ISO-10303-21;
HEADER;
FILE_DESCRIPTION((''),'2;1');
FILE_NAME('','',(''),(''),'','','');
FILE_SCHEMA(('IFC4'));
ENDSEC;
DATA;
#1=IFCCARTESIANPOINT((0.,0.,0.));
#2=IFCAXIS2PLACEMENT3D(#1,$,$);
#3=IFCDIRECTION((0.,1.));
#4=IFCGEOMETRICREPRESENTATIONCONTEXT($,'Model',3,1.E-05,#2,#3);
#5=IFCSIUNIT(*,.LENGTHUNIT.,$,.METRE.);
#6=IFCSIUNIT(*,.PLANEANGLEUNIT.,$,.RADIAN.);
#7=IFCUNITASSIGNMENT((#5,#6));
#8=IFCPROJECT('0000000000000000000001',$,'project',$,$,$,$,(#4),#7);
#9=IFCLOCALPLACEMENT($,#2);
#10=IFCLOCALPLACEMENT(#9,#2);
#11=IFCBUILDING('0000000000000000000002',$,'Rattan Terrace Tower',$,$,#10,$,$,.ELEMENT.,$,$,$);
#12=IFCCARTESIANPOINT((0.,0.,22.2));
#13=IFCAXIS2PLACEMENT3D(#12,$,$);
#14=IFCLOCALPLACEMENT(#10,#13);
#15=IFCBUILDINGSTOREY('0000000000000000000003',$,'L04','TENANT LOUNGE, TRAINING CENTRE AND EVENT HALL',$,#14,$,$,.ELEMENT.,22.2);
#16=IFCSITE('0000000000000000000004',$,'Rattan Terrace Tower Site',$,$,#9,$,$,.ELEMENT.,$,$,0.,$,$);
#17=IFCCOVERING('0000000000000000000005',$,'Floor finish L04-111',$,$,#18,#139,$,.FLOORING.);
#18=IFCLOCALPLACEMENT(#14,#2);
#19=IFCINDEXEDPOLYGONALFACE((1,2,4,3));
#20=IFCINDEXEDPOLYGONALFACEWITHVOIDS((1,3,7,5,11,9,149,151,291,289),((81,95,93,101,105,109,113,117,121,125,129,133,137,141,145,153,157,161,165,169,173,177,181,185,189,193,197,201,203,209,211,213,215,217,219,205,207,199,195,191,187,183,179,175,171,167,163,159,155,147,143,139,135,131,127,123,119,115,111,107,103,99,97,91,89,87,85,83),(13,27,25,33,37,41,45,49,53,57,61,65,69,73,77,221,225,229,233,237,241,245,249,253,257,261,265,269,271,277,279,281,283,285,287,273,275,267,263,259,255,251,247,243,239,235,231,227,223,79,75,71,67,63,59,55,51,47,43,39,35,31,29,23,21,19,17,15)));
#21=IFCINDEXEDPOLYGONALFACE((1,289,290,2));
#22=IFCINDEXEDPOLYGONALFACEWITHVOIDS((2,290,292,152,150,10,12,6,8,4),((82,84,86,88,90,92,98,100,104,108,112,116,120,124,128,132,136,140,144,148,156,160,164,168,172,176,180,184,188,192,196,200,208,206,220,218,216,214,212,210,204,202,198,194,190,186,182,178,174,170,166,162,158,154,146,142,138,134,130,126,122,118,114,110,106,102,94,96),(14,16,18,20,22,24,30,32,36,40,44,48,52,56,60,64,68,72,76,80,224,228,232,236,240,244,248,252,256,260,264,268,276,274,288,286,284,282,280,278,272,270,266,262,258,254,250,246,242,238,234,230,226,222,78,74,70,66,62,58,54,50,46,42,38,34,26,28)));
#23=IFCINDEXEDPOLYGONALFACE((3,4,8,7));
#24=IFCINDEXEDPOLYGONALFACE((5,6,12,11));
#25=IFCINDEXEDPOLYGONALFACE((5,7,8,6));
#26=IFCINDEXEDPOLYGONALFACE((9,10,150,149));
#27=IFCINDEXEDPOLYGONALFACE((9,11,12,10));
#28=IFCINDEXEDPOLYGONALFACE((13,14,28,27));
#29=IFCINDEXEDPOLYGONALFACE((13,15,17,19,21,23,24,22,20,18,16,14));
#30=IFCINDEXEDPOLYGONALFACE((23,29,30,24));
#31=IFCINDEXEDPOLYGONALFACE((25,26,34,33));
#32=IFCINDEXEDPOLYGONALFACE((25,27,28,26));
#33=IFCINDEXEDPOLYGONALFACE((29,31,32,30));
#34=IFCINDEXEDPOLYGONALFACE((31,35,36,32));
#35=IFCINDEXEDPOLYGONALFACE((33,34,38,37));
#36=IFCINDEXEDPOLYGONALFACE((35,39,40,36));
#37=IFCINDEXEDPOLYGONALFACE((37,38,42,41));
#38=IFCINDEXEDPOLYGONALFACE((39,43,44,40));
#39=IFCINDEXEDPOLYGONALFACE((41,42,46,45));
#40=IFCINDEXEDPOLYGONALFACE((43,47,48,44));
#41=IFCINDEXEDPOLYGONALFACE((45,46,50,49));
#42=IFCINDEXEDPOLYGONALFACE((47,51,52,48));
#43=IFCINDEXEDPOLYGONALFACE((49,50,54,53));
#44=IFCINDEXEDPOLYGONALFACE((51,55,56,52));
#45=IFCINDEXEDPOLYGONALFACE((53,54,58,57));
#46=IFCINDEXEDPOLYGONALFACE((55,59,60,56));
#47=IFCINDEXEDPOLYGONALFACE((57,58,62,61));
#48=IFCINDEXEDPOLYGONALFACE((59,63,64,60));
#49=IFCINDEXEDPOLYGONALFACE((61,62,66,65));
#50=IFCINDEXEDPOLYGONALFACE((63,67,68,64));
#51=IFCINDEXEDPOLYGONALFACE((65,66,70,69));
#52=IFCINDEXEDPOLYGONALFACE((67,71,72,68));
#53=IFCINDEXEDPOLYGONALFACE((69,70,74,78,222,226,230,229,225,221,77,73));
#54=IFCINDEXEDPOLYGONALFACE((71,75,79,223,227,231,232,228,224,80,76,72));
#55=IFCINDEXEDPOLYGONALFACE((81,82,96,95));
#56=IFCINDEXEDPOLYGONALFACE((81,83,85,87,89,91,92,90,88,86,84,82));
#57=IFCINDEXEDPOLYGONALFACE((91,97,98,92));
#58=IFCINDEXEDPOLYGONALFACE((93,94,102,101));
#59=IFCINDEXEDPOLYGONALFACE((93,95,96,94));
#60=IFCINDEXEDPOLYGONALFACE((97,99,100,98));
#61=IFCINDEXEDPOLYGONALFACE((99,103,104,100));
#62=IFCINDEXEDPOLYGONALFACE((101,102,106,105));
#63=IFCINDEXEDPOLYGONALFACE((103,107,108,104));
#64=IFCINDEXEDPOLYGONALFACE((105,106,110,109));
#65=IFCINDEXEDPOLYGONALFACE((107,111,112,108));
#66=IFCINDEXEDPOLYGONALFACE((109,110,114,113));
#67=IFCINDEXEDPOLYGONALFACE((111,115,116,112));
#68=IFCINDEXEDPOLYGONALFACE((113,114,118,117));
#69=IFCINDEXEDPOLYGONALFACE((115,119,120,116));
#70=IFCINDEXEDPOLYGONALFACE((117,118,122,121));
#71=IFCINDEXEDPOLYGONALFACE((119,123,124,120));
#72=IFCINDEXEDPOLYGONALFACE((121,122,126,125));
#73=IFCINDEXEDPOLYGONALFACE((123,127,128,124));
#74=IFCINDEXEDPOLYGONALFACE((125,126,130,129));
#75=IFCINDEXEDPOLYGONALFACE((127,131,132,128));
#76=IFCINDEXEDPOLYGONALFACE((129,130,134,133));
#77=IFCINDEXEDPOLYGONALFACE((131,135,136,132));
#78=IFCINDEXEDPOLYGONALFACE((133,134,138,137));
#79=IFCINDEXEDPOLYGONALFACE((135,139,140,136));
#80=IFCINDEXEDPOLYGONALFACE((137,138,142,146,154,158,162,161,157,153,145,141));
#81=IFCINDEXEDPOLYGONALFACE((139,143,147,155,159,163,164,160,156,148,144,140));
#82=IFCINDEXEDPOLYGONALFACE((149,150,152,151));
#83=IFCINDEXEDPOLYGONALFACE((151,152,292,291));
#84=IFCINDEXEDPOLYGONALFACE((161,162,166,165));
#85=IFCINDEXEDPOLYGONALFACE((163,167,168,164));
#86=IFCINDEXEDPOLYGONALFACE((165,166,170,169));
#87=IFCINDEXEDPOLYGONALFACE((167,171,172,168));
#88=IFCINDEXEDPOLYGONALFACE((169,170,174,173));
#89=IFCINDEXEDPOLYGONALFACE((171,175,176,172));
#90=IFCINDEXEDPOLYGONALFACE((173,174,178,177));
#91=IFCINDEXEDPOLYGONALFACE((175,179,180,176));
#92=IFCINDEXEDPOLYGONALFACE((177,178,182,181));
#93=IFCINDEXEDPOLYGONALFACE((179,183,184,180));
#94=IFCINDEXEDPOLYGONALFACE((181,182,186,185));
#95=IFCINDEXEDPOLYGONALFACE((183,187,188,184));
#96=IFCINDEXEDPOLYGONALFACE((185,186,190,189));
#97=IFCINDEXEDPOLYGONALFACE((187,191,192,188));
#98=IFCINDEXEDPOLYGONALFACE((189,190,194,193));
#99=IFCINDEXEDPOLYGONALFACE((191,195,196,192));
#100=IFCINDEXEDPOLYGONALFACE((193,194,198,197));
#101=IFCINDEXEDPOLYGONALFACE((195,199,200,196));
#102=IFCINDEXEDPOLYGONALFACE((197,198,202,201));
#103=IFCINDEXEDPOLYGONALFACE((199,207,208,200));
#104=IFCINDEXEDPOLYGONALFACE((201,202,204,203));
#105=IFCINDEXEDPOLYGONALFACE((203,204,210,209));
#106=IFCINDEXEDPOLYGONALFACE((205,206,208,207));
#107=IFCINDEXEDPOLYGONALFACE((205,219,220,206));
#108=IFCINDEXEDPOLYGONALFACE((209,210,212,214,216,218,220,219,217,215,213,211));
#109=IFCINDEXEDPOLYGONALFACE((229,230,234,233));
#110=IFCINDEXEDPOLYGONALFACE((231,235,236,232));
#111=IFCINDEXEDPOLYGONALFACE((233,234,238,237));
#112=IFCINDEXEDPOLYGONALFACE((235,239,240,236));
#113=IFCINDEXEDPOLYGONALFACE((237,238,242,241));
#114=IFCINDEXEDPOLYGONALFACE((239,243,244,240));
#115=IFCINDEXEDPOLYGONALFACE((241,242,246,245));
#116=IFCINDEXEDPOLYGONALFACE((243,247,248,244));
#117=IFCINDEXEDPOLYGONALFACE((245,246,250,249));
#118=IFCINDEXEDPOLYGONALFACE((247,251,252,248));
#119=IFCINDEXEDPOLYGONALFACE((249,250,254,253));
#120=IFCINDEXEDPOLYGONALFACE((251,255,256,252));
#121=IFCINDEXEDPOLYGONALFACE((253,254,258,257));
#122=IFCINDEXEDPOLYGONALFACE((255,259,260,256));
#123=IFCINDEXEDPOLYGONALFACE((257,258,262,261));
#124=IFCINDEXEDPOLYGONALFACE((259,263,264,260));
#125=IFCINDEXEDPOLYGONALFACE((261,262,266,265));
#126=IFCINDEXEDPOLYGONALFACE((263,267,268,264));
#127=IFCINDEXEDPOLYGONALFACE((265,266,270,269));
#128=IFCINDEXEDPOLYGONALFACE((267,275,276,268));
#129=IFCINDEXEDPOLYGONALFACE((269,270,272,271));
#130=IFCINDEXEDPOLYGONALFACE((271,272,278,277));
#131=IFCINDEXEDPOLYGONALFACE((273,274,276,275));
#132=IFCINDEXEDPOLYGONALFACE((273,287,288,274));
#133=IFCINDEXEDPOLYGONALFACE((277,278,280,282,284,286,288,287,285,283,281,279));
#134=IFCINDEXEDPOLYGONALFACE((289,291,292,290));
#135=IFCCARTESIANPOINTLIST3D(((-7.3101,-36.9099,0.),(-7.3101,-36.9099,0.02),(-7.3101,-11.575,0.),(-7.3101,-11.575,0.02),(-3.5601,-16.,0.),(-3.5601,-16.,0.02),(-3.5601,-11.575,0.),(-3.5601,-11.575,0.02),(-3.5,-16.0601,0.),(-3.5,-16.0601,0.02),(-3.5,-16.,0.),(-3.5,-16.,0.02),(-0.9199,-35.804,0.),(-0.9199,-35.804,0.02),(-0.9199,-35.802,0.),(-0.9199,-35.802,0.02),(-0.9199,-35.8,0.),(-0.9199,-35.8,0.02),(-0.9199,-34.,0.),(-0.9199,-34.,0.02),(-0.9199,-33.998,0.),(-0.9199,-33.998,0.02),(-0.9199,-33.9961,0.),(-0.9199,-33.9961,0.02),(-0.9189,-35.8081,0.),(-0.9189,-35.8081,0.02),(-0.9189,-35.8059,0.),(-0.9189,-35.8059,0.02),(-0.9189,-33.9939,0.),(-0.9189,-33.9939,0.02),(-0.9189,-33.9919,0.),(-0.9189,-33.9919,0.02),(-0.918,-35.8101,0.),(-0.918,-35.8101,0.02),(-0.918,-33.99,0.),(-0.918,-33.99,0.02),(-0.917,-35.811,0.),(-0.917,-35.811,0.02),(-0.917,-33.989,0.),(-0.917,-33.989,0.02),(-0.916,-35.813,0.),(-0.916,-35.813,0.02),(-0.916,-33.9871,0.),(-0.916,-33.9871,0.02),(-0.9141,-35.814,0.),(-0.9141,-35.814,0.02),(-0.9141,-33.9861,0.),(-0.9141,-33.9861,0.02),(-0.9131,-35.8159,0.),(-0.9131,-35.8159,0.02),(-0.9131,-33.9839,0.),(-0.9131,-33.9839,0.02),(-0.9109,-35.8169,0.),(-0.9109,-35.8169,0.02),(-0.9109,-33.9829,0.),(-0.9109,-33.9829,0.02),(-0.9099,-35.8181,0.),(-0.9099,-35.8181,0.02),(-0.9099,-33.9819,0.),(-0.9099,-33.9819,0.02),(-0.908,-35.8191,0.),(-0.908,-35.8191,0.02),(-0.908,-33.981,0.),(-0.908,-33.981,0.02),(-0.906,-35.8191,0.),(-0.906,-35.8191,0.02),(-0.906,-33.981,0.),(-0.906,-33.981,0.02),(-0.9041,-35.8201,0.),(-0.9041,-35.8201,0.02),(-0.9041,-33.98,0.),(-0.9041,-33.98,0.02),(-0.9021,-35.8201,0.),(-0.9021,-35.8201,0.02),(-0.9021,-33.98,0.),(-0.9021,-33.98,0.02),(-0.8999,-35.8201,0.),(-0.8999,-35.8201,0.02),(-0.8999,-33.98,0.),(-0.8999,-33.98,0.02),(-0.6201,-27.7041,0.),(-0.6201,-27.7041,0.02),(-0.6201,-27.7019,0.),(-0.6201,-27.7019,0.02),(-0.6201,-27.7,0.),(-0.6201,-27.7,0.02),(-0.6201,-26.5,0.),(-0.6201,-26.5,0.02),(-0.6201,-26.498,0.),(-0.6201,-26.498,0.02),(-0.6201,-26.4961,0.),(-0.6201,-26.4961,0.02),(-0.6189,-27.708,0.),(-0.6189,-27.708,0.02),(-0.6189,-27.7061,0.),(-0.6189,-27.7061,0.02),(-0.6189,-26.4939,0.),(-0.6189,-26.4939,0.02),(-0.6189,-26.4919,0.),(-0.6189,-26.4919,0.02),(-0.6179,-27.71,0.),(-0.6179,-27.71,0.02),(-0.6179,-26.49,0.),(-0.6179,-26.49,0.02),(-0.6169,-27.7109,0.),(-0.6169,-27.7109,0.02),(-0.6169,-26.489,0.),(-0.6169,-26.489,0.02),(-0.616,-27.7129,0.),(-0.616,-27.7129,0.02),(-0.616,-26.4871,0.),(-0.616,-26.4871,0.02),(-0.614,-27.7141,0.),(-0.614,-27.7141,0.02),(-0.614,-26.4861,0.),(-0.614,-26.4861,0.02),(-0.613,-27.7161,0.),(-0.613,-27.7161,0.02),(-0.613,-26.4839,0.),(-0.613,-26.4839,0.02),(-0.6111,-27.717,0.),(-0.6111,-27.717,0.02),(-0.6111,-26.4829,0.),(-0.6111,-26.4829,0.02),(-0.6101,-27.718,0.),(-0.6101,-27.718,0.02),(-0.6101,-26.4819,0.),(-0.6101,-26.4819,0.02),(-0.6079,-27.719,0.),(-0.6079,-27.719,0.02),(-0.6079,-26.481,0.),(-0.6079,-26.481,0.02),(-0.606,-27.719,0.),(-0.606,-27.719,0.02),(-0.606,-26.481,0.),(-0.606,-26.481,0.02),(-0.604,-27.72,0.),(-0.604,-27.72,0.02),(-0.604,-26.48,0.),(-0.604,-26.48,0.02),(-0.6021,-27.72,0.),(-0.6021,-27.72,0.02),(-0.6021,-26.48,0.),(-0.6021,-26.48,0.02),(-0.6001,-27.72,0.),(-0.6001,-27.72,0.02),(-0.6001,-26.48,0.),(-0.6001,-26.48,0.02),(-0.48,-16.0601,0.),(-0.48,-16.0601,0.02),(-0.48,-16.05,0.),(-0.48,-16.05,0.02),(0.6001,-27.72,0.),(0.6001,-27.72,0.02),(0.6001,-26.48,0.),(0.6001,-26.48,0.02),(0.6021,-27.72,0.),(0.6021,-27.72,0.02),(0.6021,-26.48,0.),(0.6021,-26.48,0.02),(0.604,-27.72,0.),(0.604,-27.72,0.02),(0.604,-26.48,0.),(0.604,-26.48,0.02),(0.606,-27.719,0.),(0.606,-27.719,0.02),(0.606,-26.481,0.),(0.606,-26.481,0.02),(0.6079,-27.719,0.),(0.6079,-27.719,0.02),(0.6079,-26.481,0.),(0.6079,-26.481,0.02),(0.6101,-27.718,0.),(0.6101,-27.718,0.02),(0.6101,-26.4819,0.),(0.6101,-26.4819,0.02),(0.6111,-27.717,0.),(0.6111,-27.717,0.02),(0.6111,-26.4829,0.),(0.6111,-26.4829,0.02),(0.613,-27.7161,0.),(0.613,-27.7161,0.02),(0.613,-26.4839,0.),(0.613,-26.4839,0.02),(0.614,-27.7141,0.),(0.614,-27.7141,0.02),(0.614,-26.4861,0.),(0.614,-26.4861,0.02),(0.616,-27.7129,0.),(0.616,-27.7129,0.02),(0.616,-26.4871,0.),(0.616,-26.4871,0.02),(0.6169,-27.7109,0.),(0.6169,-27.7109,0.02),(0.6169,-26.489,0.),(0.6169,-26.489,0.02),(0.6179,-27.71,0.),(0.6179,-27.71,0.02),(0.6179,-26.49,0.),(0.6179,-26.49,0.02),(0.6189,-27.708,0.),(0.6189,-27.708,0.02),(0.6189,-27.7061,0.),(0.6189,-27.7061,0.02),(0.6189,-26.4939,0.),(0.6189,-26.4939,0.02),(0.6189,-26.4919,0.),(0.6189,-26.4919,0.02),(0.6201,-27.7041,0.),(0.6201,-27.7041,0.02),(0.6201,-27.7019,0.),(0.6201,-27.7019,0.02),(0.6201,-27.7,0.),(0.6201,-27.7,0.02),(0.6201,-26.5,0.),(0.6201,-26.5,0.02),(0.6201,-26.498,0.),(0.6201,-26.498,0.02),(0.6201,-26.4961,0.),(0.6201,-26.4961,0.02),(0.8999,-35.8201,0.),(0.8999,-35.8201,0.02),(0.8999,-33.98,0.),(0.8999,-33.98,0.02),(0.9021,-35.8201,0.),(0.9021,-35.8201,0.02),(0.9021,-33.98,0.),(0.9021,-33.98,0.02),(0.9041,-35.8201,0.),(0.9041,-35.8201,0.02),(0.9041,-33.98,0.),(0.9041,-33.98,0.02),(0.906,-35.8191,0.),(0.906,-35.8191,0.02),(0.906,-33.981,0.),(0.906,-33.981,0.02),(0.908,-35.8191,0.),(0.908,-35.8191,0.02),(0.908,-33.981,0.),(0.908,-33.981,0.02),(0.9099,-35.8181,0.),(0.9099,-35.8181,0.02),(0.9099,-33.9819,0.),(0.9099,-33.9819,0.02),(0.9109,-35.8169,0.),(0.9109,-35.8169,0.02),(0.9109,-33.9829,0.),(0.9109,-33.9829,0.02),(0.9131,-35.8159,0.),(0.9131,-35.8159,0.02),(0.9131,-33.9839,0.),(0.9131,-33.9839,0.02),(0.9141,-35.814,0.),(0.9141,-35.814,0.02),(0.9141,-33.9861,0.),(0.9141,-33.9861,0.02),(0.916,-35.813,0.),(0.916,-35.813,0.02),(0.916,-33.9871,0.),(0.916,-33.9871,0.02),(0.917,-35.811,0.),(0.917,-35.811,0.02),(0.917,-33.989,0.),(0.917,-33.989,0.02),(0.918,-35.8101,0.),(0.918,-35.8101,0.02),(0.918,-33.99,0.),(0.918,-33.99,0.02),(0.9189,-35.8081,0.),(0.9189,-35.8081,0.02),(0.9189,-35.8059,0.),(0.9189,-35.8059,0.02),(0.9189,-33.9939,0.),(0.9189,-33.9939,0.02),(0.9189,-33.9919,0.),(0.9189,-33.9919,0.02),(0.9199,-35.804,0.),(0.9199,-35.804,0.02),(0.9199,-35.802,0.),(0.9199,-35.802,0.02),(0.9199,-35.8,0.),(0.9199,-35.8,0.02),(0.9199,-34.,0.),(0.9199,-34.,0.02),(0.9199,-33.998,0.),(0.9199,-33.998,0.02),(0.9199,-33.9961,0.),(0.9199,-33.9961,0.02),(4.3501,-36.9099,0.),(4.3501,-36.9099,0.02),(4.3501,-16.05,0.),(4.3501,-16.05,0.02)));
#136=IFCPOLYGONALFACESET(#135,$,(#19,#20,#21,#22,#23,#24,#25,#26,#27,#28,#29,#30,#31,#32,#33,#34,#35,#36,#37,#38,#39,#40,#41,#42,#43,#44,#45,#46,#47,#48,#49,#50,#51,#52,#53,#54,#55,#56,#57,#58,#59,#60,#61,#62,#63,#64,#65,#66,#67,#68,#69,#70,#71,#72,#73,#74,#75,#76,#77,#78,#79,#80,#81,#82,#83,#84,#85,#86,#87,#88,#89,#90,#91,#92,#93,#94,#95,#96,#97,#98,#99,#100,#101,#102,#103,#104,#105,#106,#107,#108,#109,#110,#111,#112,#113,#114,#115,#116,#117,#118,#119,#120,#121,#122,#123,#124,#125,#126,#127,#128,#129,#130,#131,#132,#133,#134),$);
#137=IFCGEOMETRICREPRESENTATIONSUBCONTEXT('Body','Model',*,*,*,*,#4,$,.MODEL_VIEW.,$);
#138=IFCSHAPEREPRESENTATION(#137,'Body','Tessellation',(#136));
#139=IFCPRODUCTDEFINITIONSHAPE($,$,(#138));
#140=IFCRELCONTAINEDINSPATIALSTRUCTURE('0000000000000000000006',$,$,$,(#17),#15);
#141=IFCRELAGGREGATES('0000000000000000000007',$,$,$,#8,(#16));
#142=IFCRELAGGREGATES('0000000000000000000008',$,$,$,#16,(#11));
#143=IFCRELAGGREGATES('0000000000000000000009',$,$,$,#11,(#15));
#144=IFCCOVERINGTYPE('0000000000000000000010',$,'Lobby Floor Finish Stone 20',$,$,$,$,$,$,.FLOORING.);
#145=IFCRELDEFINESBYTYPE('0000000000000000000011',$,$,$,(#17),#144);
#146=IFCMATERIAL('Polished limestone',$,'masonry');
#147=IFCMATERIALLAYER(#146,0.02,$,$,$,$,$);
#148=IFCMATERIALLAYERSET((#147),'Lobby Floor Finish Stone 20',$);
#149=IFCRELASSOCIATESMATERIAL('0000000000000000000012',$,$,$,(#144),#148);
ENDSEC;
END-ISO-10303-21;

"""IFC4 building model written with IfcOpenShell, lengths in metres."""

from ifc_helpers import new_model, si_unit, direction, frame, origin, place, context, subcontext, project, spatial, polyline, outline, extrude, material, layer, layer_set, type_object, element, save


model = new_model("IFC4")

# Units and contexts
model_context = context("Model", 3, precision=1e-05, world=origin(), true_north=direction((0.0, 1.0)))
body_context = subcontext(model_context, "Body", "Model", "MODEL_VIEW")
ifc_project = project(units=[si_unit("LENGTHUNIT", "METRE"), si_unit("PLANEANGLEUNIT", "RADIAN")], contexts=[model_context])

# Site, building, storey
site_placement = place(None, origin())
site = spatial("IfcSite", under=ifc_project, at=site_placement, Name="Rattan Terrace Tower Site", CompositionType="ELEMENT", RefElevation=0.0)
building_placement = place(site_placement, origin())
building = spatial("IfcBuilding", under=site, at=building_placement, Name="Rattan Terrace Tower", CompositionType="ELEMENT")
storey_placement = place(building_placement, frame((0.0, 0.0, 22.2)))
storey = spatial("IfcBuildingStorey", under=building, at=storey_placement, Name="L04", Description="TENANT LOUNGE, TRAINING CENTRE AND EVENT HALL", CompositionType="ELEMENT", Elevation=22.2)

# Covering
ifc_material_1 = material(Name="Polished limestone", Category="masonry")
ifc_layer_1 = layer(ifc_material_1, 0.02)
ifc_layer_set_1 = layer_set([ifc_layer_1], Name="Lobby Floor Finish Stone 20")
covering_type_1 = type_object("IfcCoveringType", Name="Lobby Floor Finish Stone 20", PredefinedType="FLOORING", material=ifc_layer_set_1)
covering_1_placement = place(storey_placement, origin())
element("IfcCovering", 1, at=covering_1_placement, inside=storey, type_object=covering_type_1, Name="Floor finish L04-111", PredefinedType="FLOORING", context=body_context, shape_type="SweptSolid", body=[
    extrude(outline(polyline([(-7.3101, -11.575), (-7.3101, -36.9099), (4.3501, -36.9099), (4.3501, -16.05), (-0.48, -16.05), (-0.48, -16.0601), (-3.5, -16.0601), (-3.5, -16.0), (-3.5601, -16.0), (-3.5601, -11.575), (-7.3101, -11.575)]), holes=[polyline([(0.908, -35.8191), (0.9099, -35.8181), (0.9109, -35.8169), (0.9131, -35.8159), (0.9141, -35.814), (0.916, -35.813), (0.917, -35.811), (0.918, -35.8101), (0.9189, -35.8081), (0.9189, -35.8059), (0.9199, -35.804), (0.9199, -35.802), (0.9199, -35.8), (0.9199, -34.0), (0.9199, -33.998), (0.9199, -33.9961), (0.9189, -33.9939), (0.9189, -33.9919), (0.918, -33.99), (0.917, -33.989), (0.916, -33.9871), (0.9141, -33.9861), (0.9131, -33.9839), (0.9109, -33.9829), (0.9099, -33.9819), (0.908, -33.981), (0.906, -33.981), (0.9041, -33.98), (0.9021, -33.98), (0.8999, -33.98), (-0.8999, -33.98), (-0.9021, -33.98), (-0.9041, -33.98), (-0.906, -33.981), (-0.908, -33.981), (-0.9099, -33.9819), (-0.9109, -33.9829), (-0.9131, -33.9839), (-0.9141, -33.9861), (-0.916, -33.9871), (-0.917, -33.989), (-0.918, -33.99), (-0.9189, -33.9919), (-0.9189, -33.9939), (-0.9199, -33.9961), (-0.9199, -33.998), (-0.9199, -34.0), (-0.9199, -35.8), (-0.9199, -35.802), (-0.9199, -35.804), (-0.9189, -35.8059), (-0.9189, -35.8081), (-0.918, -35.8101), (-0.917, -35.811), (-0.916, -35.813), (-0.9141, -35.814), (-0.9131, -35.8159), (-0.9109, -35.8169), (-0.9099, -35.8181), (-0.908, -35.8191), (-0.906, -35.8191), (-0.9041, -35.8201), (-0.9021, -35.8201), (-0.8999, -35.8201), (0.8999, -35.8201), (0.9021, -35.8201), (0.9041, -35.8201), (0.906, -35.8191), (0.908, -35.8191)]), polyline([(0.606, -27.719), (0.6079, -27.719), (0.6101, -27.718), (0.6111, -27.717), (0.613, -27.7161), (0.614, -27.7141), (0.616, -27.7129), (0.6169, -27.7109), (0.6179, -27.71), (0.6189, -27.708), (0.6189, -27.7061), (0.6201, -27.7041), (0.6201, -27.7019), (0.6201, -27.7), (0.6201, -26.5), (0.6201, -26.498), (0.6201, -26.4961), (0.6189, -26.4939), (0.6189, -26.4919), (0.6179, -26.49), (0.6169, -26.489), (0.616, -26.4871), (0.614, -26.4861), (0.613, -26.4839), (0.6111, -26.4829), (0.6101, -26.4819), (0.6079, -26.481), (0.606, -26.481), (0.604, -26.48), (0.6021, -26.48), (0.6001, -26.48), (-0.6001, -26.48), (-0.6021, -26.48), (-0.604, -26.48), (-0.606, -26.481), (-0.6079, -26.481), (-0.6101, -26.4819), (-0.6111, -26.4829), (-0.613, -26.4839), (-0.614, -26.4861), (-0.616, -26.4871), (-0.6169, -26.489), (-0.6179, -26.49), (-0.6189, -26.4919), (-0.6189, -26.4939), (-0.6201, -26.4961), (-0.6201, -26.498), (-0.6201, -26.5), (-0.6201, -27.7), (-0.6201, -27.7019), (-0.6201, -27.7041), (-0.6189, -27.7061), (-0.6189, -27.708), (-0.6179, -27.71), (-0.6169, -27.7109), (-0.616, -27.7129), (-0.614, -27.7141), (-0.613, -27.7161), (-0.6111, -27.717), (-0.6101, -27.718), (-0.6079, -27.719), (-0.606, -27.719), (-0.604, -27.72), (-0.6021, -27.72), (-0.6001, -27.72), (0.6001, -27.72), (0.6021, -27.72), (0.604, -27.72), (0.606, -27.719)])]), origin(), (0.0, 0.0, 1.0), 0.02),
])

save(model, "model.ifc")
